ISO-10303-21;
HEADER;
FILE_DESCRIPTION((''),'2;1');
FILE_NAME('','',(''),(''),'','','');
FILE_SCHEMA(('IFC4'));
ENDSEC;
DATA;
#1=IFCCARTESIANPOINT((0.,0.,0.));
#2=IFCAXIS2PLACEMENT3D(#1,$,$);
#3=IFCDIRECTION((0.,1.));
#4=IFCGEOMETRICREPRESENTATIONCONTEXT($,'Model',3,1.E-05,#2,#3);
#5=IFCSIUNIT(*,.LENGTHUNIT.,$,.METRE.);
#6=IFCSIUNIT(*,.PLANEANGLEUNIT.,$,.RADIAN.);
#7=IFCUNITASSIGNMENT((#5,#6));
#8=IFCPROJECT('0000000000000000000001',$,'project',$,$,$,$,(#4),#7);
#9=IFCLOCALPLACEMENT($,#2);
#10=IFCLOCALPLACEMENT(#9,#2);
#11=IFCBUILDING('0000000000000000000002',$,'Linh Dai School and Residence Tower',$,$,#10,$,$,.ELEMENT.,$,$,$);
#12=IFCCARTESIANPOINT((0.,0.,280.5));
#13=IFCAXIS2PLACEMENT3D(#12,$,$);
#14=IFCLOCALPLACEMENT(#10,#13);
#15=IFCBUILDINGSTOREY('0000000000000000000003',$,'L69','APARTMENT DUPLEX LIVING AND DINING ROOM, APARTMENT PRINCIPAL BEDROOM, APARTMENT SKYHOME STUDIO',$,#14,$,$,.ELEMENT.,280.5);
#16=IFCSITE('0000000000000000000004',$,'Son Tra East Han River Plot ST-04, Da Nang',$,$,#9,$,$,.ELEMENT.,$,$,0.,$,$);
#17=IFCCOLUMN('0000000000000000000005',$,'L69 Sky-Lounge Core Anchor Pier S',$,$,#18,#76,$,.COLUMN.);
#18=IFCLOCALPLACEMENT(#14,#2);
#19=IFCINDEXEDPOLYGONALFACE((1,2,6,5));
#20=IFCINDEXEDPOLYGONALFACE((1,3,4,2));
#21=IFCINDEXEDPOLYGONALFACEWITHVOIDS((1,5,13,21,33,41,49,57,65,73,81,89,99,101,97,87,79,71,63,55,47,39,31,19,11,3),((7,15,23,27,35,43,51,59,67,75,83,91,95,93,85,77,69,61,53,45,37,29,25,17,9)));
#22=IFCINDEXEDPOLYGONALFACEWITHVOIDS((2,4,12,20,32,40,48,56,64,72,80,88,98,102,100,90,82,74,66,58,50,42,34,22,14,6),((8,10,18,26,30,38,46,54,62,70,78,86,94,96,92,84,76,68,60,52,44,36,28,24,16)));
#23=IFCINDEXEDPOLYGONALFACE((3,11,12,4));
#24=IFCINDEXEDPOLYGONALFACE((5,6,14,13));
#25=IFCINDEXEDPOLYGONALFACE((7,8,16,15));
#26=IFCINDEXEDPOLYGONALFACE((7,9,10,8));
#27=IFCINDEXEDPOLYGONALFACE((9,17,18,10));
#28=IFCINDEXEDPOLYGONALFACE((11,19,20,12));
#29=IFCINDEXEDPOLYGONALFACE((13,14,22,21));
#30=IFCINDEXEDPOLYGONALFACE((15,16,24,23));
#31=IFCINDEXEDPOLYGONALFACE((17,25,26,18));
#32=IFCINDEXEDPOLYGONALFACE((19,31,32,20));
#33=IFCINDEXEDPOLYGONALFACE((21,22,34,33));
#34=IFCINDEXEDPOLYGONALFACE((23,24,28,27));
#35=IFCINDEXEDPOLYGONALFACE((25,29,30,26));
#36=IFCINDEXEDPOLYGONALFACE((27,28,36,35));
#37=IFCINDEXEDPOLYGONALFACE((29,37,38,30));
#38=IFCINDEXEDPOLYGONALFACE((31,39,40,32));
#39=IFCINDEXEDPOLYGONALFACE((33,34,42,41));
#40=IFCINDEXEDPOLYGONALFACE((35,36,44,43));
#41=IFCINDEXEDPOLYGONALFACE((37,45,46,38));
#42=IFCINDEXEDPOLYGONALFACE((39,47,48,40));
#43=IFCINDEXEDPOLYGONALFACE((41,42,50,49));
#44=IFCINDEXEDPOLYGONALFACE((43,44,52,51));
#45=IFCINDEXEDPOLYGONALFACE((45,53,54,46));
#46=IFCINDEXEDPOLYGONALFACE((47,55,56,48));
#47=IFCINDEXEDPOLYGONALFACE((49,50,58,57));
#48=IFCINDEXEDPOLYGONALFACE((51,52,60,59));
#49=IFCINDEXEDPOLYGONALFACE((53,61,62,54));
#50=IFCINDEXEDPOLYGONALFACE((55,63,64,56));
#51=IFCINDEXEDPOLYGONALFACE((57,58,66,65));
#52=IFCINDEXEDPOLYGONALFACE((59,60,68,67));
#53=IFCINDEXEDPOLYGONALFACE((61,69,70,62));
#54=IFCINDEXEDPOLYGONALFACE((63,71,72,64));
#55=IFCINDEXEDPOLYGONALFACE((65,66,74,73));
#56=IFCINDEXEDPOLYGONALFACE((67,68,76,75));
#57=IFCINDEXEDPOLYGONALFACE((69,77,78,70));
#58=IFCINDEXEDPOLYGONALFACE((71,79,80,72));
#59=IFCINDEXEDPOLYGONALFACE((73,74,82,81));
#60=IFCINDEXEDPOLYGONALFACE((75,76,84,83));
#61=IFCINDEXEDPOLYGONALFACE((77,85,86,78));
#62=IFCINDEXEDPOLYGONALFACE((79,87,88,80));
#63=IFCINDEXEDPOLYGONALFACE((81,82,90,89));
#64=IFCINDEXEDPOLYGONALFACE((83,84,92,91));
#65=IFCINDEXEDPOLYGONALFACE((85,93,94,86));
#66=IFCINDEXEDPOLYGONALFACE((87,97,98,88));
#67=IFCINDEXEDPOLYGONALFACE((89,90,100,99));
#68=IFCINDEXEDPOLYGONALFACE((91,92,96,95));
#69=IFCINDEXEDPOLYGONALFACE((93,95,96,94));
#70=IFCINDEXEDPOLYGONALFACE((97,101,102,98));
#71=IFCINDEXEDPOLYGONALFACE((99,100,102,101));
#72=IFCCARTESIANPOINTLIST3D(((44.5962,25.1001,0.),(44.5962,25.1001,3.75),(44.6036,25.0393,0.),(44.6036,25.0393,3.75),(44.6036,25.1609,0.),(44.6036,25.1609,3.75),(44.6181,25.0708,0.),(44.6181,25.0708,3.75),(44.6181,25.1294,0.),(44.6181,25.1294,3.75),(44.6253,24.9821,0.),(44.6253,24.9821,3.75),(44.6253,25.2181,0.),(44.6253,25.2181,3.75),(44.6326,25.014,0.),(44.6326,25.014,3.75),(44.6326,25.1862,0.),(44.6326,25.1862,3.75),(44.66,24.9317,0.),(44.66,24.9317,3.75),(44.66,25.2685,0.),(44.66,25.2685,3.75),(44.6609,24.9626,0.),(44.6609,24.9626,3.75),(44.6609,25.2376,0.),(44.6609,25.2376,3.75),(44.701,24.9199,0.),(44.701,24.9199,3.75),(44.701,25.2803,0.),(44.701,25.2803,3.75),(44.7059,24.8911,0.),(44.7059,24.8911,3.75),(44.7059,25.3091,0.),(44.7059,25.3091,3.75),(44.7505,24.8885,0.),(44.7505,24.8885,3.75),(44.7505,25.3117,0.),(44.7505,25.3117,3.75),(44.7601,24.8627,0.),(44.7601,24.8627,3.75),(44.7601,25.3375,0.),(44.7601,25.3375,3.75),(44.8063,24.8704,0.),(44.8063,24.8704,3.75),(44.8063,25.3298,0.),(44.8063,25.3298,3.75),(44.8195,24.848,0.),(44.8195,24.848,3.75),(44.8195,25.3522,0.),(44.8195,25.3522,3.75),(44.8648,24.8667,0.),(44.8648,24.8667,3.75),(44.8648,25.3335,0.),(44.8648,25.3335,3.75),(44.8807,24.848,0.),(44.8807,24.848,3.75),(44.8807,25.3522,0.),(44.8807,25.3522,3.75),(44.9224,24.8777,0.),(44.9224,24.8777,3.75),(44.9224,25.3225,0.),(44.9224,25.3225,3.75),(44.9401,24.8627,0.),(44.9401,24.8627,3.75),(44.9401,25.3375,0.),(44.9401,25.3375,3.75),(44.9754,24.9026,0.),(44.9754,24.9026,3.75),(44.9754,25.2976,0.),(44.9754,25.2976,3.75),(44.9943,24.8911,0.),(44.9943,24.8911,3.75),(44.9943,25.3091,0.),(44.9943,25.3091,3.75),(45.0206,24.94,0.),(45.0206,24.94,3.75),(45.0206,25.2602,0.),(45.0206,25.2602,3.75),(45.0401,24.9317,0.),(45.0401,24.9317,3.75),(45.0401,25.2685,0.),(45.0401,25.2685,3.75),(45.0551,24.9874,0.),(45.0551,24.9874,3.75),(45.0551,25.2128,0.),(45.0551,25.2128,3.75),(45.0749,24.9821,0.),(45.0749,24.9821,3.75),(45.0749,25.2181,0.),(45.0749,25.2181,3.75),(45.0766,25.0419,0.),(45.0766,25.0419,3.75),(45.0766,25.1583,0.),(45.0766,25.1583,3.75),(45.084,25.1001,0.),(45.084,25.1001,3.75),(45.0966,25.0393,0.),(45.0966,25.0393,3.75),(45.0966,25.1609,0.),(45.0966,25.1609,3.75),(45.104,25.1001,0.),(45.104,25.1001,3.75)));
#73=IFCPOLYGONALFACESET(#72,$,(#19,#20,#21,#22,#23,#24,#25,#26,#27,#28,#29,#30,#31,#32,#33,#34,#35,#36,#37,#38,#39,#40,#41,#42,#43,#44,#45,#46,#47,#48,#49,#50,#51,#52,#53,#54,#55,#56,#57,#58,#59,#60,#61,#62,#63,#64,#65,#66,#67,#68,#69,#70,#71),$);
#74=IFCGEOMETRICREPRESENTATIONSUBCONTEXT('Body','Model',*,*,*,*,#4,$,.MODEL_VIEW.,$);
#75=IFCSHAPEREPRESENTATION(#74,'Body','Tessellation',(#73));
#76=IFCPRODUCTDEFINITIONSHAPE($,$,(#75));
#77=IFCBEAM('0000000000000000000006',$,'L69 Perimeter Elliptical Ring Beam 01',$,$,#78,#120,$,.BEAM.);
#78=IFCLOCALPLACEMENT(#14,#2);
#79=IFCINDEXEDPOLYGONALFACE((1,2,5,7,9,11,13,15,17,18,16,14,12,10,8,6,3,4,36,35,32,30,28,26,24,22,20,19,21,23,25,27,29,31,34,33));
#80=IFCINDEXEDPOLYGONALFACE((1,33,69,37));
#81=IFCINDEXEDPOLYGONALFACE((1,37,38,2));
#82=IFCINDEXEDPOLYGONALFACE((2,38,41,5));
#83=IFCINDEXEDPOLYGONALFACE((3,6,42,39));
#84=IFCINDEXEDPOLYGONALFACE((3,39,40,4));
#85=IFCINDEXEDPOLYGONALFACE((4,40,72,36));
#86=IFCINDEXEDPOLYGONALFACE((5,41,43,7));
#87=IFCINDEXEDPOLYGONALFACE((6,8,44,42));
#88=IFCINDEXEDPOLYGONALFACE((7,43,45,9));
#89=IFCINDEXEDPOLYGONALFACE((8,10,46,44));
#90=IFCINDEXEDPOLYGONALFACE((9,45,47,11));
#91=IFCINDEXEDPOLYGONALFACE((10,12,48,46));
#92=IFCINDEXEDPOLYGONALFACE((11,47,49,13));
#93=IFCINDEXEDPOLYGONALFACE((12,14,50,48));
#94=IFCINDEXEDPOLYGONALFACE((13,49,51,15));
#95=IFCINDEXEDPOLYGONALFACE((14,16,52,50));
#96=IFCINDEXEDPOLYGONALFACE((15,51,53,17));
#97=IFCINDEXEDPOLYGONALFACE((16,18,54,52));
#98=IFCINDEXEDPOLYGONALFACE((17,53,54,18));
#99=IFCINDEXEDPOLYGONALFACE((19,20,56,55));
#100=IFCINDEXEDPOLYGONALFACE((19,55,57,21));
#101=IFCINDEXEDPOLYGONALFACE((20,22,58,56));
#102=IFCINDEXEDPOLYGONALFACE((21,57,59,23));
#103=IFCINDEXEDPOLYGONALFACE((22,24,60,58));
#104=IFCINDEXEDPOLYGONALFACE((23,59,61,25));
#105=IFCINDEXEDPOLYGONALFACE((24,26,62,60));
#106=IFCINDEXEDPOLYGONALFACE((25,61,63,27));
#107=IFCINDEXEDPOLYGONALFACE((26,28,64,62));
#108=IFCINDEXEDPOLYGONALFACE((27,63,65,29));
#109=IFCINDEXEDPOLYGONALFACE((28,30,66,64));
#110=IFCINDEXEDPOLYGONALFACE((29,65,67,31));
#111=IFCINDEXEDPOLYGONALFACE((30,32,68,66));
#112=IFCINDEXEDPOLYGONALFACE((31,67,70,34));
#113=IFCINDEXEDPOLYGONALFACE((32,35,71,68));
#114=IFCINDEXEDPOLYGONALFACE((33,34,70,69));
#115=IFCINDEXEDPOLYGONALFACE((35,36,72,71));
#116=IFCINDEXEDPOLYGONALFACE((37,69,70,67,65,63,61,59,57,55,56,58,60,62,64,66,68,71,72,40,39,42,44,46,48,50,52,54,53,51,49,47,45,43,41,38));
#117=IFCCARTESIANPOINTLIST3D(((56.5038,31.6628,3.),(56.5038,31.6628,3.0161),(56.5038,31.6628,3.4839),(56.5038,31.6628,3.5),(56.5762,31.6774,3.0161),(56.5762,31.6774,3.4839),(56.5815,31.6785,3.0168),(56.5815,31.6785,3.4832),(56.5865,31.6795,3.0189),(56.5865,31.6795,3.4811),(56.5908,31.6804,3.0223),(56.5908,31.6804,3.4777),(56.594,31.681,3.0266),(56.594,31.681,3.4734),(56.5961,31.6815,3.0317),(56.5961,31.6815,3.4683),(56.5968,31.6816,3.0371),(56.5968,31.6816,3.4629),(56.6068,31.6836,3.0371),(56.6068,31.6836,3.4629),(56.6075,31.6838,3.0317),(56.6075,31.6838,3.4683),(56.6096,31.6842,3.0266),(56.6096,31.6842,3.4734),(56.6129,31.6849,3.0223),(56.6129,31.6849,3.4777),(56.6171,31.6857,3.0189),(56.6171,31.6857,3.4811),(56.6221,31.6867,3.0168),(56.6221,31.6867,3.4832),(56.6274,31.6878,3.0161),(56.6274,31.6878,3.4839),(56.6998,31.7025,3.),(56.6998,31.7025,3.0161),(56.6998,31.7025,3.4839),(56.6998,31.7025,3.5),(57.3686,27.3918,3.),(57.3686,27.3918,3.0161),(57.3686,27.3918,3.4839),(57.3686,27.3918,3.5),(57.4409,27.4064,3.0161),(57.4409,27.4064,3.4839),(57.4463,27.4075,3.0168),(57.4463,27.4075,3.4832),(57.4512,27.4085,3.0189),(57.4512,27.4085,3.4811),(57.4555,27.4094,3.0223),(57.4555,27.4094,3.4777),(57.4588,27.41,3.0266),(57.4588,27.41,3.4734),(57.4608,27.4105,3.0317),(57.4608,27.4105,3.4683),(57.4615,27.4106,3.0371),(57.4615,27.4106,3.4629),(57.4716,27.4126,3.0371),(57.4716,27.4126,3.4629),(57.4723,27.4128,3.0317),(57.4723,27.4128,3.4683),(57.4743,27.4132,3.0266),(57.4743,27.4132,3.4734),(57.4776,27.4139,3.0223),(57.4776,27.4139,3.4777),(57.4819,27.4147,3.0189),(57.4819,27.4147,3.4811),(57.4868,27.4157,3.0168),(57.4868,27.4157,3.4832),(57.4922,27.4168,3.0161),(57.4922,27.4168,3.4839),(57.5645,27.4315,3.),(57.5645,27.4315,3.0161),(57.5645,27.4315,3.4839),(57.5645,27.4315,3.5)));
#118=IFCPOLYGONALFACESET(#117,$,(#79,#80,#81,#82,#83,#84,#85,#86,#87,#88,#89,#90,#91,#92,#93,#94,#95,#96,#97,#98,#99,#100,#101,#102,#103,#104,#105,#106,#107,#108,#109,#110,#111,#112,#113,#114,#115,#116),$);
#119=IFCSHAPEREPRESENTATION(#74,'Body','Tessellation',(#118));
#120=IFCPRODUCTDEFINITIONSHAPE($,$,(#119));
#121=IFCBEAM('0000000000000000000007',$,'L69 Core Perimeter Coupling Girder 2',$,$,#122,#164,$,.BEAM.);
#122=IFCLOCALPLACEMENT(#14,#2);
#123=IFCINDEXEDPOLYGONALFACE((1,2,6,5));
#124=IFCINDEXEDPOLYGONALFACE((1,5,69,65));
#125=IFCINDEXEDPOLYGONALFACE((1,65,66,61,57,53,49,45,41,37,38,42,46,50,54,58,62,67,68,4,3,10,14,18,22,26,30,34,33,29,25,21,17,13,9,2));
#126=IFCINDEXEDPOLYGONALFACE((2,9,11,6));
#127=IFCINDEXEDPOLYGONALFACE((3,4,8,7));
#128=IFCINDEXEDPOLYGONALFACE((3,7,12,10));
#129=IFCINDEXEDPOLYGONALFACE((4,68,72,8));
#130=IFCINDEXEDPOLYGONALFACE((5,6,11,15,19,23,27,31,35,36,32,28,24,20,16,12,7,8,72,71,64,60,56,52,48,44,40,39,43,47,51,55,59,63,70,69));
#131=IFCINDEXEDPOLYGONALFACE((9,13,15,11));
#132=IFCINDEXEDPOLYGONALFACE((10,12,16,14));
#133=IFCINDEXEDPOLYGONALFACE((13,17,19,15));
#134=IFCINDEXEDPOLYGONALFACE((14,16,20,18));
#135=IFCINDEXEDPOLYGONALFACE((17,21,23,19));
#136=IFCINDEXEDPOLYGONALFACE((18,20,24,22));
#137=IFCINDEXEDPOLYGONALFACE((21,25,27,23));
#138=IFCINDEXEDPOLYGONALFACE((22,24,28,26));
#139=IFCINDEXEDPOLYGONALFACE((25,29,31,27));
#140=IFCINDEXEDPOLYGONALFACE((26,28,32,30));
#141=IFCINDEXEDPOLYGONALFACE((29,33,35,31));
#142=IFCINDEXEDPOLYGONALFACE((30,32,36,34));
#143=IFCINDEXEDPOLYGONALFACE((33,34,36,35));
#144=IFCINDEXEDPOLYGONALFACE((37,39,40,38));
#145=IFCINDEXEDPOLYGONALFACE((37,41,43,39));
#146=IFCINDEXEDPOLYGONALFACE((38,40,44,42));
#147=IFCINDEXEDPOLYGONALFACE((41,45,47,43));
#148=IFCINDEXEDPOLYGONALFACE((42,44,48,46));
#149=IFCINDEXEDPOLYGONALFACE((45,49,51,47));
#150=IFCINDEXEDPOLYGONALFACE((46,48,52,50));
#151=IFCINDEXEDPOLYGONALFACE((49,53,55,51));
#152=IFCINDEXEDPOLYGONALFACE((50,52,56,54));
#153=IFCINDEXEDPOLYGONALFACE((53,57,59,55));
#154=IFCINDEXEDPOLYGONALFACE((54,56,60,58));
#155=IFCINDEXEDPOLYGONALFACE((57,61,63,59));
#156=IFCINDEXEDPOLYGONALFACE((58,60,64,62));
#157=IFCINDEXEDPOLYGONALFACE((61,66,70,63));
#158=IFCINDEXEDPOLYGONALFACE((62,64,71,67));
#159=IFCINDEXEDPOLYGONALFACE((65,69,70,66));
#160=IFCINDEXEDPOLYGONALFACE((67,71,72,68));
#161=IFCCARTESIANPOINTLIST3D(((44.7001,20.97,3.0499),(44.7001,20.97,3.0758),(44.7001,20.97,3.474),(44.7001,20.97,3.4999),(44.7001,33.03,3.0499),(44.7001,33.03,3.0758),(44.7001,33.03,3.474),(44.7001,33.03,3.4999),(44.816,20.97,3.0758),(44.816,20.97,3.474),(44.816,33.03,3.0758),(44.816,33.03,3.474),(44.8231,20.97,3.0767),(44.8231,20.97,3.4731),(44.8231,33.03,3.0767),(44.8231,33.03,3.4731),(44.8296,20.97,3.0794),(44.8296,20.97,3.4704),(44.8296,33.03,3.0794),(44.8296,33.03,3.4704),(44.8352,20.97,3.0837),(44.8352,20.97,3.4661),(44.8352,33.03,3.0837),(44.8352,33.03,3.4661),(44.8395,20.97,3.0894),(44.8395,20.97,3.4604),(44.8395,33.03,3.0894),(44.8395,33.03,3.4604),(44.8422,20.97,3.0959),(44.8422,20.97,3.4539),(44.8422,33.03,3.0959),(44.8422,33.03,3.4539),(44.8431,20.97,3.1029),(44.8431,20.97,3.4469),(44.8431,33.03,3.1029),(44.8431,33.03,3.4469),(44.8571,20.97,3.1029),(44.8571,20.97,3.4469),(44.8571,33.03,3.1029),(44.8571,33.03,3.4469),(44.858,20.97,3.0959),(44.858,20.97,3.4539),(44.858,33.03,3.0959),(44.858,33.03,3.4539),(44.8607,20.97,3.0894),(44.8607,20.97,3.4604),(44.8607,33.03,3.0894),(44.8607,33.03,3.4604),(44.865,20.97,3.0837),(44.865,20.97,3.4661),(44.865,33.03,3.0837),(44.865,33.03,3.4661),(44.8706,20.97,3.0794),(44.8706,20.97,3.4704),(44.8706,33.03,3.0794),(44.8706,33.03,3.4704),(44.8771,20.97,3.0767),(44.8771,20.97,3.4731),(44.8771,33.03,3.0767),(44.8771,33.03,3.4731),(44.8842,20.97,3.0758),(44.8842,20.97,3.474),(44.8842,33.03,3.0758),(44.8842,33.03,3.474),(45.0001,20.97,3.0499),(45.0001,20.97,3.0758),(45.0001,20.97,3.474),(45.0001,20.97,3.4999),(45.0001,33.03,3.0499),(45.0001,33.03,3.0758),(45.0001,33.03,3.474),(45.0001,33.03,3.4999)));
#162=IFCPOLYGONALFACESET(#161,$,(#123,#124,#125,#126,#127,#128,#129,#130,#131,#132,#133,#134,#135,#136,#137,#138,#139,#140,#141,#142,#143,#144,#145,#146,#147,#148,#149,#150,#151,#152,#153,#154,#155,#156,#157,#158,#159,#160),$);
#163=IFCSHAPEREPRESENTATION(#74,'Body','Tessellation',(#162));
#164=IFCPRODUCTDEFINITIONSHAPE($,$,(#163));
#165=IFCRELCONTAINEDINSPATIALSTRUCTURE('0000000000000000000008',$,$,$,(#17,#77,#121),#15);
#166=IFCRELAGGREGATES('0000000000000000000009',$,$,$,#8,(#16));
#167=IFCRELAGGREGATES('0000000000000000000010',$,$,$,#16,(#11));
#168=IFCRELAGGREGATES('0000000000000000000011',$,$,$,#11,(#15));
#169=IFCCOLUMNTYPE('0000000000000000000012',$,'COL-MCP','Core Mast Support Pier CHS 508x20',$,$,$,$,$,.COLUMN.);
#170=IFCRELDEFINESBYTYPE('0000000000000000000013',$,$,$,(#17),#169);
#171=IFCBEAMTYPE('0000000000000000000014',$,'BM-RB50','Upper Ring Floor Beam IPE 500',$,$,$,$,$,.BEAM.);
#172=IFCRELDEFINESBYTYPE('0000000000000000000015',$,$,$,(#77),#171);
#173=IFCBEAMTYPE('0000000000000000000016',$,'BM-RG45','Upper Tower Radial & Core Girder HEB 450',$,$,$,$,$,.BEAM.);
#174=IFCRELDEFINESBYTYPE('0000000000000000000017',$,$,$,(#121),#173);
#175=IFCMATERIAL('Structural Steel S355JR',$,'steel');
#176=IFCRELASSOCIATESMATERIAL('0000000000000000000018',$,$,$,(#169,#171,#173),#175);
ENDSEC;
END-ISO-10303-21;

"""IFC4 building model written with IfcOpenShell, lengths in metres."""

from ifc_helpers import new_model, si_unit, direction, frame, origin, origin_2d, place, context, subcontext, project, spatial, hollow_circle, i_section, extrude, material, material_profile, profile_set, type_object, element, save


model = new_model("IFC4")

# Units and contexts
model_context = context("Model", 3, precision=1e-05, world=origin(), true_north=direction((0.0, 1.0)))
body_context = subcontext(model_context, "Body", "Model", "MODEL_VIEW")
ifc_project = project(units=[si_unit("LENGTHUNIT", "METRE"), si_unit("PLANEANGLEUNIT", "RADIAN")], contexts=[model_context])

# Site, building, storey
site_placement = place(None, origin())
site = spatial("IfcSite", under=ifc_project, at=site_placement, Name="Son Tra East Han River Plot ST-04, Da Nang", CompositionType="ELEMENT", RefElevation=0.0)
building_placement = place(site_placement, origin())
building = spatial("IfcBuilding", under=site, at=building_placement, Name="Linh Dai School and Residence Tower", CompositionType="ELEMENT")
storey_placement = place(building_placement, frame((0.0, 0.0, 280.5)))
storey = spatial("IfcBuildingStorey", under=building, at=storey_placement, Name="L69", Description="APARTMENT DUPLEX LIVING AND DINING ROOM, APARTMENT PRINCIPAL BEDROOM, APARTMENT SKYHOME STUDIO", CompositionType="ELEMENT", Elevation=280.5)

# Column
ifc_material_1 = material(Name="Structural Steel S355JR", Category="steel")
ifc_material_profile_1 = material_profile(ifc_material_1, hollow_circle(Radius=0.2539, WallThickness=0.02, at=origin_2d()), Name="CHS 508x20")
ifc_profile_set_1 = profile_set([ifc_material_profile_1], Name="Structural Steel S355JR")
column_type_1 = type_object("IfcColumnType", Name="COL-MCP", Description="Core Mast Support Pier CHS 508x20", PredefinedType="COLUMN", material=ifc_profile_set_1)
column_1_placement = place(storey_placement, frame((44.8501, 25.1001, 0.0), z_axis=(0.0, 0.0, 1.0), x_axis=(1.0, 0.0, 0.0)))
element("IfcColumn", 1, at=column_1_placement, inside=storey, type_object=column_type_1, Name="L69 Sky-Lounge Core Anchor Pier S", PredefinedType="COLUMN", context=body_context, shape_type="SweptSolid", body=[
    extrude(hollow_circle(Radius=0.2539, WallThickness=0.02, at=origin_2d()), origin(), (0.0, 0.0, 1.0), 3.75),
])

# Beams
ifc_material_profile_2 = material_profile(ifc_material_1, i_section(OverallWidth=0.2, OverallDepth=0.5, WebThickness=0.0103, FlangeThickness=0.0161, FilletRadius=0.021, at=origin_2d()), Name="IPE 500")
ifc_profile_set_2 = profile_set([ifc_material_profile_2], Name="Structural Steel S355JR")
beam_type_1 = type_object("IfcBeamType", Name="BM-RB50", Description="Upper Ring Floor Beam IPE 500", PredefinedType="BEAM", material=ifc_profile_set_2)
beam_1_placement = place(storey_placement, frame((57.4666, 27.4116, 3.25), z_axis=(-0.198443, 0.980112, 0.0), x_axis=(-0.980112, -0.198443, 0.0)))
element("IfcBeam", 2, at=beam_1_placement, inside=storey, type_object=beam_type_1, Name="L69 Perimeter Elliptical Ring Beam 01", PredefinedType="BEAM", context=body_context, shape_type="SweptSolid", body=[
    extrude(i_section(OverallWidth=0.2, OverallDepth=0.5, WebThickness=0.0103, FlangeThickness=0.0161, FilletRadius=0.021, at=origin_2d()), origin(), (0.0, 0.0, 1.0), 4.3577),
])
ifc_material_profile_3 = material_profile(ifc_material_1, i_section(OverallWidth=0.3, OverallDepth=0.45, WebThickness=0.0139, FlangeThickness=0.0259, FilletRadius=0.0271, at=origin_2d()), Name="HEB 450")
ifc_profile_set_3 = profile_set([ifc_material_profile_3], Name="Structural Steel S355JR")
beam_type_2 = type_object("IfcBeamType", Name="BM-RG45", Description="Upper Tower Radial & Core Girder HEB 450", PredefinedType="BEAM", material=ifc_profile_set_3)
beam_2_placement = place(storey_placement, frame((44.8501, 20.97, 3.2749), z_axis=(0.0, 1.0, 0.0), x_axis=(-1.0, 0.0, 0.0)))
element("IfcBeam", 3, at=beam_2_placement, inside=storey, type_object=beam_type_2, Name="L69 Core Perimeter Coupling Girder 2", PredefinedType="BEAM", context=body_context, shape_type="SweptSolid", body=[
    extrude(i_section(OverallWidth=0.3, OverallDepth=0.45, WebThickness=0.0139, FlangeThickness=0.0259, FilletRadius=0.0271, at=origin_2d()), origin(), (0.0, 0.0, 1.0), 12.0601),
])

save(model, "model.ifc")
